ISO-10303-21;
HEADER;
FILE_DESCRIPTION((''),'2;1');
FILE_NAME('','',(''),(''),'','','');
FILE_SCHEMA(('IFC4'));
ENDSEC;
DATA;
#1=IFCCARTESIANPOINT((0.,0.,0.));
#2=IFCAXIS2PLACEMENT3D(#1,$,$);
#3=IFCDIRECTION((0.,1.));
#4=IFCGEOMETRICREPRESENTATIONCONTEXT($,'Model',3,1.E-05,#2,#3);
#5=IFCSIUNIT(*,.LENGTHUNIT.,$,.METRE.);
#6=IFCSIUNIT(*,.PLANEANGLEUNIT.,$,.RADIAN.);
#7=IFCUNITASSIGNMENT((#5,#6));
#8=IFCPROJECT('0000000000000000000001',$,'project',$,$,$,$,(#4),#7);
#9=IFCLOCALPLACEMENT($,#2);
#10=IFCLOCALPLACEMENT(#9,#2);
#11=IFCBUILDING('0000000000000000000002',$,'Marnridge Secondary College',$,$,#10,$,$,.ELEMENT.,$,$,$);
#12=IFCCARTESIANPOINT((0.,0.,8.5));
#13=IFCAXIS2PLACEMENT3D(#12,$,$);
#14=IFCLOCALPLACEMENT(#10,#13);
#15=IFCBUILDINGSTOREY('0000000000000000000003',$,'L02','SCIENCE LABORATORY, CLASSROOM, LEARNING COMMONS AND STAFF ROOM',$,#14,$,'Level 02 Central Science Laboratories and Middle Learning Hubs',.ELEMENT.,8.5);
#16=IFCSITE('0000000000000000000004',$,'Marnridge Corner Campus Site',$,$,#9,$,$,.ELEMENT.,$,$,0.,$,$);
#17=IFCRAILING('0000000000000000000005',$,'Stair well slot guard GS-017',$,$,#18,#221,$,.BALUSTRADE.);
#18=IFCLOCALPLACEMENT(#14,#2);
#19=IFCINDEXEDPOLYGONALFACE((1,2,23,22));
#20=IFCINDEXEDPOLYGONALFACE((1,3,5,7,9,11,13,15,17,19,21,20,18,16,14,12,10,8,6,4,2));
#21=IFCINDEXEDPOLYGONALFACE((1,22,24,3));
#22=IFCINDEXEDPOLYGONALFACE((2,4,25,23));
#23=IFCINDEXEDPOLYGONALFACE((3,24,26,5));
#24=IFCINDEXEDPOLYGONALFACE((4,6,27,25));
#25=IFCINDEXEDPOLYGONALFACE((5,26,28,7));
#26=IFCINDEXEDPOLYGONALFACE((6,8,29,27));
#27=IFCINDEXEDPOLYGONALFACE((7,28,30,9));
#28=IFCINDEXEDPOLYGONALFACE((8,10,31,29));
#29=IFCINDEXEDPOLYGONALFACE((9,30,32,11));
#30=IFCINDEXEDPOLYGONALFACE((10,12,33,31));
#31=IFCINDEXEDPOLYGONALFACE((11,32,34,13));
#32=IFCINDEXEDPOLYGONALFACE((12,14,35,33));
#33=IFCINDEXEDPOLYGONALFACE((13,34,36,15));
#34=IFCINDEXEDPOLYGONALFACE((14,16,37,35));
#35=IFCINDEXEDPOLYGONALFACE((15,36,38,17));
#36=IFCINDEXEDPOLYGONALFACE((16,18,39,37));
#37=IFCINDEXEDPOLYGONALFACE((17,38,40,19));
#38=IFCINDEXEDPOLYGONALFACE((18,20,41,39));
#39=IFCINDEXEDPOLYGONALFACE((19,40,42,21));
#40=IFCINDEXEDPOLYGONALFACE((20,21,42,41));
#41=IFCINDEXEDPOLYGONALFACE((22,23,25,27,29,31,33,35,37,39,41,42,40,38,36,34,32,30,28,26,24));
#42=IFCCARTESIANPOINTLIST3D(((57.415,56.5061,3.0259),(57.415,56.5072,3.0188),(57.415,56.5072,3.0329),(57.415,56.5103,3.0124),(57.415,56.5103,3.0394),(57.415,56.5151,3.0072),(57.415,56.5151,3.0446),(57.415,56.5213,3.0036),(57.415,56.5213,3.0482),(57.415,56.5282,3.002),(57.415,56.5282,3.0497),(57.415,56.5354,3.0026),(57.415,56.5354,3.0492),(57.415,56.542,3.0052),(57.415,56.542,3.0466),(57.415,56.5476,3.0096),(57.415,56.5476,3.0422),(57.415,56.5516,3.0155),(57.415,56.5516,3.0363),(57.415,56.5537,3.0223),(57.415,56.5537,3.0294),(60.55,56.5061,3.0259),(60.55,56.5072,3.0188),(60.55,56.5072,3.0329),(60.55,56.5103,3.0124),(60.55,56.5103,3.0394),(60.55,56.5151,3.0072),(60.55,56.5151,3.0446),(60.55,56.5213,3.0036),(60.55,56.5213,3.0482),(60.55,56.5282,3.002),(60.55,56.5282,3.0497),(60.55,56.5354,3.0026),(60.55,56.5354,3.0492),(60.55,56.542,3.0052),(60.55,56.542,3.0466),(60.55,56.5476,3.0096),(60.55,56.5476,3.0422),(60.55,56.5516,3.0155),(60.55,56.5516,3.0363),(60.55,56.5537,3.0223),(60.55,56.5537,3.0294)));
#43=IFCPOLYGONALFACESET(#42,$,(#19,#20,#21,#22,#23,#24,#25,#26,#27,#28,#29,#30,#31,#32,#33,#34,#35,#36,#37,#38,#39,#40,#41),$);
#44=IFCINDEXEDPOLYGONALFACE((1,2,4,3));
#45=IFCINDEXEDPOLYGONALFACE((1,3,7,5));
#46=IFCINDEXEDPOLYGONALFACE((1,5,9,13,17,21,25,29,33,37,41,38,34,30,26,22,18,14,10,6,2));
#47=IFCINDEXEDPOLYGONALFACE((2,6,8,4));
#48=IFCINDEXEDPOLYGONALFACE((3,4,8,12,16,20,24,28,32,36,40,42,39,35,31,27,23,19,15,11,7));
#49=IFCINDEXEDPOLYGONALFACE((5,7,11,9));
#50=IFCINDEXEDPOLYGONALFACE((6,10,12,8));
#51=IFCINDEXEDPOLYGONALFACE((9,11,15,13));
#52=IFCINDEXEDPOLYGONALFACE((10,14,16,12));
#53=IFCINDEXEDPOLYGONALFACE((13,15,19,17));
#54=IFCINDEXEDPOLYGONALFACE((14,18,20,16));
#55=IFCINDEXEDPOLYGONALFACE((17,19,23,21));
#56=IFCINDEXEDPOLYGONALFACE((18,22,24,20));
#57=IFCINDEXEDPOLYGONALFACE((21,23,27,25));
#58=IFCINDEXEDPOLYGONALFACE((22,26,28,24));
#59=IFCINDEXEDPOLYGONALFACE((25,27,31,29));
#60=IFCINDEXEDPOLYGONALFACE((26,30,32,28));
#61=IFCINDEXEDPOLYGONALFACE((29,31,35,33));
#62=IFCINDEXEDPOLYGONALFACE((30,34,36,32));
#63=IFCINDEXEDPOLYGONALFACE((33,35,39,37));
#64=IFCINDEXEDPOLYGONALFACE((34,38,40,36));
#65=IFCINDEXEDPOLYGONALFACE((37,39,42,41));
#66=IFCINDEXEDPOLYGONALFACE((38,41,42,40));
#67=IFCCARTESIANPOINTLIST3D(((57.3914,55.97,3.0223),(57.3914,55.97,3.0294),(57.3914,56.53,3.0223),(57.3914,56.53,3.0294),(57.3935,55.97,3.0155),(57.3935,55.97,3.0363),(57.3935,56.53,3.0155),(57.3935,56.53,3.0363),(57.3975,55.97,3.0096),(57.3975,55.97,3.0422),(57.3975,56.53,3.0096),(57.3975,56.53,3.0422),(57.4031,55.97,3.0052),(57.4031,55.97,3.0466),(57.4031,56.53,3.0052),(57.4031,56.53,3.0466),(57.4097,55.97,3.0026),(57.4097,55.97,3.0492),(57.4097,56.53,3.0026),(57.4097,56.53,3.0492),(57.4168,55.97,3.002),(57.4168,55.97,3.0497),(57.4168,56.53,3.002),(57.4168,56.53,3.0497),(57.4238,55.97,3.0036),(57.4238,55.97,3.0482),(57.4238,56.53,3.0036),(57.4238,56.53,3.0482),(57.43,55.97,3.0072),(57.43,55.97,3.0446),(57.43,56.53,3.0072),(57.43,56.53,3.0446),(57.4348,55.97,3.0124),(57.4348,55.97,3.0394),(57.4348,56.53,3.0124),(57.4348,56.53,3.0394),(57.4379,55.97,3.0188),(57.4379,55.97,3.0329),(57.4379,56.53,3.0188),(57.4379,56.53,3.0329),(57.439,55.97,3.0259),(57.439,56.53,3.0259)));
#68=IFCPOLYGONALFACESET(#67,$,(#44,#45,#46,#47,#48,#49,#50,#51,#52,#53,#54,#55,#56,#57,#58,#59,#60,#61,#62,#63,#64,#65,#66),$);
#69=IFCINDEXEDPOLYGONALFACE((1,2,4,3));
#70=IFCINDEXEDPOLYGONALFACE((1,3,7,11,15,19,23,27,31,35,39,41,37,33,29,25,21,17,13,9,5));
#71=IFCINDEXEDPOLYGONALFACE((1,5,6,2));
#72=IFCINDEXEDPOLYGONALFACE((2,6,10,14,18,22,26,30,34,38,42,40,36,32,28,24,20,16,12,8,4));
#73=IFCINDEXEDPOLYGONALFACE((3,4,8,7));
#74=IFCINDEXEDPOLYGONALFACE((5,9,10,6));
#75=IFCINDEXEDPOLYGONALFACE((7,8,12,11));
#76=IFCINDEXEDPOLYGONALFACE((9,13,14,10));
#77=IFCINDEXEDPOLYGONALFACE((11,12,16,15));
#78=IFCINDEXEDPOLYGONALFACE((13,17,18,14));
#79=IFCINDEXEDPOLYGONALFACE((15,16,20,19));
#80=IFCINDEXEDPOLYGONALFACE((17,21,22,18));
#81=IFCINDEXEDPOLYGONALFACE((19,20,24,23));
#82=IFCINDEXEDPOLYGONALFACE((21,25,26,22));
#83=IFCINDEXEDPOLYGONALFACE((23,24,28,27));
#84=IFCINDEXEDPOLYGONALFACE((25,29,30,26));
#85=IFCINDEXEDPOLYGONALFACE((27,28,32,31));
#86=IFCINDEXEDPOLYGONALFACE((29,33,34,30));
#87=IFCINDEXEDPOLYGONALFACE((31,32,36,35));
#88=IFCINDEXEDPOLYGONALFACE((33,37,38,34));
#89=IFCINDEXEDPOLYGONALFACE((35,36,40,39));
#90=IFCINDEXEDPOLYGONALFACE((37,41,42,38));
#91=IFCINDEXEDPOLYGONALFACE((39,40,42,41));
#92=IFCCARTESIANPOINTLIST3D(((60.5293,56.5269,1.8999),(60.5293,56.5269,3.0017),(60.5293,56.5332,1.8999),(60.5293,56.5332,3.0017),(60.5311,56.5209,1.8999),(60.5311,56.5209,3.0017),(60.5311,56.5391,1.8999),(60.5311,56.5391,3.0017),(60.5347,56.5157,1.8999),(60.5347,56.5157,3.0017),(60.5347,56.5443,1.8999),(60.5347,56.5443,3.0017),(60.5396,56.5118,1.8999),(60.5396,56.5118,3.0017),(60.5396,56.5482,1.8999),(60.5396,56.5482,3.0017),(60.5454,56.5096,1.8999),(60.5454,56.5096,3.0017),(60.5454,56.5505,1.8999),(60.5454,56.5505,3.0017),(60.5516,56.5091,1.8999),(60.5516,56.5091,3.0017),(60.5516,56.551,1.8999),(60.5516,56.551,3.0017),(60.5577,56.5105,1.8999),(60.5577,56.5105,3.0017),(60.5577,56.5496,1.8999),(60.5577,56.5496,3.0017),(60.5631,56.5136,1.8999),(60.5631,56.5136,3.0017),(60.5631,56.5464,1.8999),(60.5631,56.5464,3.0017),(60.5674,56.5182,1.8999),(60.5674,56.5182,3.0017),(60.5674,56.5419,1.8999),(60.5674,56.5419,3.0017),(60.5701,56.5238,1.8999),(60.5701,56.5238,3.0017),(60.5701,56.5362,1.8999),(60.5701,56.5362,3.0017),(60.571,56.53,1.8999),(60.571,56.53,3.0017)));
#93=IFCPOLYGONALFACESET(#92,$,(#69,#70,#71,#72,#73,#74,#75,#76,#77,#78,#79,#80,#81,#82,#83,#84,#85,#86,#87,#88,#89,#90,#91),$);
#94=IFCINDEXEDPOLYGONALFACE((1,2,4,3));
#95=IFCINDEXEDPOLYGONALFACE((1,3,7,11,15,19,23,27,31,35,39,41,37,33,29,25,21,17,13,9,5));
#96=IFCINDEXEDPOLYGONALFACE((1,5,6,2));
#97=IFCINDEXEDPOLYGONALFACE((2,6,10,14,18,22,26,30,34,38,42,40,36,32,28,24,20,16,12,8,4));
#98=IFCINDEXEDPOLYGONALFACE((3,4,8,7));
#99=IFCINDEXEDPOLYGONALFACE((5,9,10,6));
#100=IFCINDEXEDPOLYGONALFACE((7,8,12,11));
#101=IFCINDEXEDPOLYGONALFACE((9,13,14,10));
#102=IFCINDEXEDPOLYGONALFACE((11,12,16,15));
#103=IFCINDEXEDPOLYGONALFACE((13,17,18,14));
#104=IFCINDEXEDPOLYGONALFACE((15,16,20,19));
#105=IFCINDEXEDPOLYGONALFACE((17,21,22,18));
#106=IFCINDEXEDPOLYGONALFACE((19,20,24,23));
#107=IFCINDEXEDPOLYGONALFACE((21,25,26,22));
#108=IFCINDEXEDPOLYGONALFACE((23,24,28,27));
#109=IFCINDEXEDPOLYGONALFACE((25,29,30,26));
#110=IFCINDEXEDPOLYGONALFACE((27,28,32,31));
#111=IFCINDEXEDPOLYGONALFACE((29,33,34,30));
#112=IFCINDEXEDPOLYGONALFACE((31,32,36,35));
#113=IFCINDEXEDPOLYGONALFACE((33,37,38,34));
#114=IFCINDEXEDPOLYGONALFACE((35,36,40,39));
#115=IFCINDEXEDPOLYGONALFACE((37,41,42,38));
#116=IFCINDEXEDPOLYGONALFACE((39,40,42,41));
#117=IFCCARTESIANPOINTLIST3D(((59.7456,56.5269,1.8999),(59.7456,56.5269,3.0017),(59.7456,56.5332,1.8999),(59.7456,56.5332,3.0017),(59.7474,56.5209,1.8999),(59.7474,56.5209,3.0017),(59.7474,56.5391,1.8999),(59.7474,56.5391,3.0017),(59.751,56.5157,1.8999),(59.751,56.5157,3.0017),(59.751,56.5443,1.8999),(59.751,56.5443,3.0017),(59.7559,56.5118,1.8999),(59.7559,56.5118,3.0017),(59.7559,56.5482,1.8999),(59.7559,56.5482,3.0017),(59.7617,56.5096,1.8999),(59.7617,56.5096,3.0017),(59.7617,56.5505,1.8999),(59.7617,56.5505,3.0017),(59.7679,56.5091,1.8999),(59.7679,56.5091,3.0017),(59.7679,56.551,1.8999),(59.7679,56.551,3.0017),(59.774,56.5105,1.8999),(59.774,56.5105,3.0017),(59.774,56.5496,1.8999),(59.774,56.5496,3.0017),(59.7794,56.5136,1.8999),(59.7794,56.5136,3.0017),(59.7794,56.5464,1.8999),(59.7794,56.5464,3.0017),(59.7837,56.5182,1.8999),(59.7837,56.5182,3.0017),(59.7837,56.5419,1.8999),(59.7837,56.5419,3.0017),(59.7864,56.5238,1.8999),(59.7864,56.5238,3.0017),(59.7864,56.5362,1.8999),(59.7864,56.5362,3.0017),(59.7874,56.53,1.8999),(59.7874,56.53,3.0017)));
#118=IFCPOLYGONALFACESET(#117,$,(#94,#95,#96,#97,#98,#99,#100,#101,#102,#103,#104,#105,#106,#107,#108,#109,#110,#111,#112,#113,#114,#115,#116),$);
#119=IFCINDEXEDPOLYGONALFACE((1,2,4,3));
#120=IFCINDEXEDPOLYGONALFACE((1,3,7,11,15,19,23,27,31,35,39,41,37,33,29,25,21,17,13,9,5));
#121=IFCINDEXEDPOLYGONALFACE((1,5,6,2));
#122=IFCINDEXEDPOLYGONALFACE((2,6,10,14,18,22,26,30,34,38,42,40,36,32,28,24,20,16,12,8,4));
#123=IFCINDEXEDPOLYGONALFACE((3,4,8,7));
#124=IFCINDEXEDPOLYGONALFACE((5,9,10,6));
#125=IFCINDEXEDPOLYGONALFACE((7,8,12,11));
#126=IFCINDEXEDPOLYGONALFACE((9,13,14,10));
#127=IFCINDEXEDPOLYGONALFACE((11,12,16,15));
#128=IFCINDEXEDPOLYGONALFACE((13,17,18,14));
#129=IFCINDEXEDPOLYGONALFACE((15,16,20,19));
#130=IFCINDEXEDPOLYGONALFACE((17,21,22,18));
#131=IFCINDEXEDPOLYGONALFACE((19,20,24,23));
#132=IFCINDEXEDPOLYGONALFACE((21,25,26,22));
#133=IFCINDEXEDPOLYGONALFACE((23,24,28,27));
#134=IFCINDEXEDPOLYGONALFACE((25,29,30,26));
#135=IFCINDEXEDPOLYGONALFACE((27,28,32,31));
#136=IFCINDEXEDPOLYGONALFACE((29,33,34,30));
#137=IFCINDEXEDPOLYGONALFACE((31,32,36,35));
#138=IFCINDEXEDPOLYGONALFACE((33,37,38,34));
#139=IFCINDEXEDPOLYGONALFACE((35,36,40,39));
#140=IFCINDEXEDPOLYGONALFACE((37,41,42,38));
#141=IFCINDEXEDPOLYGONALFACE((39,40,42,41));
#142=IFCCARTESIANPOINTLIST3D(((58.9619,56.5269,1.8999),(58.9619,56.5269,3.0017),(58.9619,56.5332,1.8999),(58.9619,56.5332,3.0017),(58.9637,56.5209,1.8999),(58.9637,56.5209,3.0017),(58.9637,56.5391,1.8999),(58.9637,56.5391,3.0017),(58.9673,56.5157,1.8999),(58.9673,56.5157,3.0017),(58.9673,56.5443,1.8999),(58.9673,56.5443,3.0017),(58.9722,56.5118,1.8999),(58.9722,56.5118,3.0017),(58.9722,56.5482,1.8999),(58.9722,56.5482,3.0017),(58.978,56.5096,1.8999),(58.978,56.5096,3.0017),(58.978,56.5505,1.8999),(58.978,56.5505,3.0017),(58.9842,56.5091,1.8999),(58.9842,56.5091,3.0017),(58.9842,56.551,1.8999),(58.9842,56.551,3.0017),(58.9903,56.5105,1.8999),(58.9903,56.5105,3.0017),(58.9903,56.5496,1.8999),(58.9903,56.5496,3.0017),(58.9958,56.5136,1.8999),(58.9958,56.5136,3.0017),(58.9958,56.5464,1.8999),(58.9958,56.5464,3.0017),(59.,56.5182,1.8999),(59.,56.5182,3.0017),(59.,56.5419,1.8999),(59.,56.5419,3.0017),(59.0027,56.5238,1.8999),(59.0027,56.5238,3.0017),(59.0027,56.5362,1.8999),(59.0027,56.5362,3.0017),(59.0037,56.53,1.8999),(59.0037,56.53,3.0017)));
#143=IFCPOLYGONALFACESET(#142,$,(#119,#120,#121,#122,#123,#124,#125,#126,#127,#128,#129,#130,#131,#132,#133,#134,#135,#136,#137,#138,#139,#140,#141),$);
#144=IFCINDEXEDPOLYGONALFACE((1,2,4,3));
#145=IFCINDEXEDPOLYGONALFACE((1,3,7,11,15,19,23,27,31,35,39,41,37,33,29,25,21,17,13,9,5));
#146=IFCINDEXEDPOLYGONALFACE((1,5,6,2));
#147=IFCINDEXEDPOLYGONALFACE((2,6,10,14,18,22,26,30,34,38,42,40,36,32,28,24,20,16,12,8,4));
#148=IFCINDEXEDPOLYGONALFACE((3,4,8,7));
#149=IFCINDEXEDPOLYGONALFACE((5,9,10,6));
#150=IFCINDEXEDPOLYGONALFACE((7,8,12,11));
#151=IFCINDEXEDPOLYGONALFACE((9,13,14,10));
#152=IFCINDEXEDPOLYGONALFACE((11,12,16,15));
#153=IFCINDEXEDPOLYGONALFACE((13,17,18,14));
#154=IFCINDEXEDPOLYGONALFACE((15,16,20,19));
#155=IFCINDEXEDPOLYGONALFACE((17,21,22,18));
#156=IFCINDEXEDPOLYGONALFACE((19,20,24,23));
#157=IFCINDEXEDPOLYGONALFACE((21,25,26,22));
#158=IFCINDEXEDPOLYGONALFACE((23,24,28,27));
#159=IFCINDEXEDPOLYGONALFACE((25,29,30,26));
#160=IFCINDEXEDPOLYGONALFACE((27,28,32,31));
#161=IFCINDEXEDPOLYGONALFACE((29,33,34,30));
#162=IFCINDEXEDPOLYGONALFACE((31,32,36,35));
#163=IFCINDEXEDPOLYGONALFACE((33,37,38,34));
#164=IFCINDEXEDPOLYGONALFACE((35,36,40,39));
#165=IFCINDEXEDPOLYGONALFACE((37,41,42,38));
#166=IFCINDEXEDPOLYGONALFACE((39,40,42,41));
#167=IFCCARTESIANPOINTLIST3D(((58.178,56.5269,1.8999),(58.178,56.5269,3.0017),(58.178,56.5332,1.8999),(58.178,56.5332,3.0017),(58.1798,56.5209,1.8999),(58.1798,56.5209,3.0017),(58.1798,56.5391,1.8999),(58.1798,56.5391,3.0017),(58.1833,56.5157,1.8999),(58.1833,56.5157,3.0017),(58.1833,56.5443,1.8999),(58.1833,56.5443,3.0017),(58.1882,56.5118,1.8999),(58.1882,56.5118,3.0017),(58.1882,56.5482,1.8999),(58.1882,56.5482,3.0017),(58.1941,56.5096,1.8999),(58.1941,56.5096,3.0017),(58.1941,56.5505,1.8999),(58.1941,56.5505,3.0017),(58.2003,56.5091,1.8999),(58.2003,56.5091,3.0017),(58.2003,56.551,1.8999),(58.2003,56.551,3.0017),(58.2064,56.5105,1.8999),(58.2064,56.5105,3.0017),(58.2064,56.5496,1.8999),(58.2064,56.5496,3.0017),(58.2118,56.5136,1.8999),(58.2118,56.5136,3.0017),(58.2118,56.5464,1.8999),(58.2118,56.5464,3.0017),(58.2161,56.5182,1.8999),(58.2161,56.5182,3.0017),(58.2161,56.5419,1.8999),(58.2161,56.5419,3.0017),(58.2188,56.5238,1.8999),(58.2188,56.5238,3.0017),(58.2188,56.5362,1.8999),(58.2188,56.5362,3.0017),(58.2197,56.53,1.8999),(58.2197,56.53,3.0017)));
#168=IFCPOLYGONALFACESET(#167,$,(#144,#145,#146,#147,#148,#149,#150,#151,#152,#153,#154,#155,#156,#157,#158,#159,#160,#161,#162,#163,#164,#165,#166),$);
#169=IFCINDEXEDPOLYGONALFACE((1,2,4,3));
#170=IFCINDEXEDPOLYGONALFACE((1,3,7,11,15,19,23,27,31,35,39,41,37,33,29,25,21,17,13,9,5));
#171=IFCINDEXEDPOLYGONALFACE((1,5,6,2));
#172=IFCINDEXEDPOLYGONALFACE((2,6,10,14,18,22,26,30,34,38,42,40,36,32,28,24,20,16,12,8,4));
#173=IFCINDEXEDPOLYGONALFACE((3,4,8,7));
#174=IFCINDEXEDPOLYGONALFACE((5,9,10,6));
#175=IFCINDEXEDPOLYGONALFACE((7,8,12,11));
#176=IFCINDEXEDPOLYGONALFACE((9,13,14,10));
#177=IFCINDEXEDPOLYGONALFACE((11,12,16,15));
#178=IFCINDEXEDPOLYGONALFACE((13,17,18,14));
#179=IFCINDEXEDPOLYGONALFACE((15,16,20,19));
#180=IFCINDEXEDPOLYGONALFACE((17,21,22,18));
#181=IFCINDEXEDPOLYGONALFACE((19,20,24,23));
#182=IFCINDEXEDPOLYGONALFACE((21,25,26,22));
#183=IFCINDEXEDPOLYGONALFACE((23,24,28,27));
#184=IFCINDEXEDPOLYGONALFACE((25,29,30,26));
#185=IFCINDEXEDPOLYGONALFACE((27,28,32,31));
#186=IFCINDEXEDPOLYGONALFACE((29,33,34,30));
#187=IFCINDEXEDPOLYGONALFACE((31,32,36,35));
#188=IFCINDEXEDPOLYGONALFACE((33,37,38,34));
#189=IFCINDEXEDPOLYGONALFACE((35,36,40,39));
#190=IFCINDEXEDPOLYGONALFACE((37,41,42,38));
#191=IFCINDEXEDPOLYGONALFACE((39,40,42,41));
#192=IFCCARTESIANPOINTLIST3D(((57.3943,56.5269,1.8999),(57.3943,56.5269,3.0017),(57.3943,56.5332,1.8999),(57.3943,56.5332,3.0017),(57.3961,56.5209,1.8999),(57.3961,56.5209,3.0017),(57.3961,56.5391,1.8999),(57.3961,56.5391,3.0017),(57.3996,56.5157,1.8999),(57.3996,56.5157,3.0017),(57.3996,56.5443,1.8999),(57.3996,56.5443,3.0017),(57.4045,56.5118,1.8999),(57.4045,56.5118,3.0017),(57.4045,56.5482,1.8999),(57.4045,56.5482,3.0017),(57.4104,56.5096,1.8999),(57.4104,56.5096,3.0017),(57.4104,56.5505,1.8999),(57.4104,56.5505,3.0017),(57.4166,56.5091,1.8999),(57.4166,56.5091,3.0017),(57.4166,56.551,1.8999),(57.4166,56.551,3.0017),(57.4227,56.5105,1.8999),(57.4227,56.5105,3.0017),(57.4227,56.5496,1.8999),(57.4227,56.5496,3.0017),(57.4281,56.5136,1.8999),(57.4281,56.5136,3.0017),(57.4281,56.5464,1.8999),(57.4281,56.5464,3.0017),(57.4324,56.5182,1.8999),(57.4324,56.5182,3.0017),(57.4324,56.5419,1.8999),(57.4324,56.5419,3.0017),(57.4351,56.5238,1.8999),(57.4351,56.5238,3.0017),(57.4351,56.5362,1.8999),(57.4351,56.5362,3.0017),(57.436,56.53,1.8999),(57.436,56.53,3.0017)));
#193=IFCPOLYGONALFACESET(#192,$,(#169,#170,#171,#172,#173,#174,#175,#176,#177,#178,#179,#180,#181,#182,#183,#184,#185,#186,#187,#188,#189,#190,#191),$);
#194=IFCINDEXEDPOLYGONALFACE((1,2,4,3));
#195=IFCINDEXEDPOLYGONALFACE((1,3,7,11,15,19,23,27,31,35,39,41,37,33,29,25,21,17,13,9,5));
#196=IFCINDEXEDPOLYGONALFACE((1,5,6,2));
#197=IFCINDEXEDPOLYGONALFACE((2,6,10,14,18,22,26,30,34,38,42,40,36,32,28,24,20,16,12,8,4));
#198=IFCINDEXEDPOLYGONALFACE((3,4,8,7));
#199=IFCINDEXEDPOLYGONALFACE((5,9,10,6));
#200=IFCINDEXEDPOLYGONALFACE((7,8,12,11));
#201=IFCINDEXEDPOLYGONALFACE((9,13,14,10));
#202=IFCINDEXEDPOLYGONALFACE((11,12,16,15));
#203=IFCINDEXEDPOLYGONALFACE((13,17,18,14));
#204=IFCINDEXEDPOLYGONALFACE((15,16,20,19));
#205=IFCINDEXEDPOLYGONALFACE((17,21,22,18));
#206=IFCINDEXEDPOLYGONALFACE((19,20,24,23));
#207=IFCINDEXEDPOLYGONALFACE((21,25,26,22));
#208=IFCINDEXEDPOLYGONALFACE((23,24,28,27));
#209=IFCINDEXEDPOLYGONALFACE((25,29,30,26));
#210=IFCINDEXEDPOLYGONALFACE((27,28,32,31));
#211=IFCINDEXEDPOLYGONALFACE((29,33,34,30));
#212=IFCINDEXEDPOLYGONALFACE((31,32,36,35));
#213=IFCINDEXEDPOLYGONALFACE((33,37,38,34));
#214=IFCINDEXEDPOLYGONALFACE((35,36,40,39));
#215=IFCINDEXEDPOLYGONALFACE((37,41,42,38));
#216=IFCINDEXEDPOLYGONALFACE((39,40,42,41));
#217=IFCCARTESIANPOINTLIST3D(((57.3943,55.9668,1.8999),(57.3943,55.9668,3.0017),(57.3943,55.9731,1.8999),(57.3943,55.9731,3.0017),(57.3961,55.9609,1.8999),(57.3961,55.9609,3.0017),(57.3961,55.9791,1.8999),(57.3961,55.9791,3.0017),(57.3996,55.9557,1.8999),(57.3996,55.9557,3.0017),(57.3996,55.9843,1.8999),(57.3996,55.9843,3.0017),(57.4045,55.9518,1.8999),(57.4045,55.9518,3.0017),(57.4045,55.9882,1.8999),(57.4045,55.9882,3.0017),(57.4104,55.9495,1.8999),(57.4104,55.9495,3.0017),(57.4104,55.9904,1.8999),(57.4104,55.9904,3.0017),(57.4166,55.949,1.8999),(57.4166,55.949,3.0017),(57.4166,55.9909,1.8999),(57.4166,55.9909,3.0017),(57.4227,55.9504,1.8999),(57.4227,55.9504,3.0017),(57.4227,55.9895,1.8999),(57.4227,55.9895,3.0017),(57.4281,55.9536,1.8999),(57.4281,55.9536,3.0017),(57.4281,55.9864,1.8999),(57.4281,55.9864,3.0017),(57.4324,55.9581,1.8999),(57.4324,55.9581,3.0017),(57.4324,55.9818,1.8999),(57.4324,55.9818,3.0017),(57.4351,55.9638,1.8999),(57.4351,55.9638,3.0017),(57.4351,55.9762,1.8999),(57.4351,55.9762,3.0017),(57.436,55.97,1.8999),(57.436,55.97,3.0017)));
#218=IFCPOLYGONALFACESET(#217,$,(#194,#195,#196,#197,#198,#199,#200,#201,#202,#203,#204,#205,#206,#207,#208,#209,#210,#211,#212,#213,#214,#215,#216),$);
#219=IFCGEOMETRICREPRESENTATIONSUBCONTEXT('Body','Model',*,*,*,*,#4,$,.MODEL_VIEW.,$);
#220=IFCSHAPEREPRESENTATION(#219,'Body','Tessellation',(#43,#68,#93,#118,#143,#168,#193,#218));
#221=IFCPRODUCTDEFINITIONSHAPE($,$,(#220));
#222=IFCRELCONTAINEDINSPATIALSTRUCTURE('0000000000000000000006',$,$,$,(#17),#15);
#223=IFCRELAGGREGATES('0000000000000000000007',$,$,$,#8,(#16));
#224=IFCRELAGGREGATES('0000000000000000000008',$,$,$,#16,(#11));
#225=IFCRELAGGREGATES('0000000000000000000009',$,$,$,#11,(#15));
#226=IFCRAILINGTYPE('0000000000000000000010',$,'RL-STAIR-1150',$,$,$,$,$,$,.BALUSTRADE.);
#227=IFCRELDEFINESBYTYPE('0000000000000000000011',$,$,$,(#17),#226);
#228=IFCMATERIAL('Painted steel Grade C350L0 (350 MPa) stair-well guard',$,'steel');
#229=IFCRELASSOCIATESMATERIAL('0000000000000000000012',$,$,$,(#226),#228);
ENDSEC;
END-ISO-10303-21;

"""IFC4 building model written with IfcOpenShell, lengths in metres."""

from ifc_helpers import new_model, si_unit, direction, frame, origin, origin_2d, place, context, subcontext, project, spatial, circle, extrude, material, type_object, element, save


model = new_model("IFC4")

# Units and contexts
model_context = context("Model", 3, precision=1e-05, world=origin(), true_north=direction((0.0, 1.0)))
body_context = subcontext(model_context, "Body", "Model", "MODEL_VIEW")
ifc_project = project(units=[si_unit("LENGTHUNIT", "METRE"), si_unit("PLANEANGLEUNIT", "RADIAN")], contexts=[model_context])

# Site, building, storey
site_placement = place(None, origin())
site = spatial("IfcSite", under=ifc_project, at=site_placement, Name="Marnridge Corner Campus Site", CompositionType="ELEMENT", RefElevation=0.0)
building_placement = place(site_placement, origin())
building = spatial("IfcBuilding", under=site, at=building_placement, Name="Marnridge Secondary College", CompositionType="ELEMENT")
storey_placement = place(building_placement, frame((0.0, 0.0, 8.5)))
storey = spatial("IfcBuildingStorey", under=building, at=storey_placement, Name="L02", Description="SCIENCE LABORATORY, CLASSROOM, LEARNING COMMONS AND STAFF ROOM", LongName="Level 02 Central Science Laboratories and Middle Learning Hubs", CompositionType="ELEMENT", Elevation=8.5)

# Railing
ifc_material_1 = material(Name="Painted steel Grade C350L0 (350 MPa) stair-well guard", Category="steel")
railing_type_1 = type_object("IfcRailingType", Name="RL-STAIR-1150", PredefinedType="BALUSTRADE", material=ifc_material_1)
railing_1_placement = place(storey_placement, frame((60.55, 56.53, 1.8999)))
element("IfcRailing", 1, at=railing_1_placement, inside=storey, type_object=railing_type_1, Name="Stair well slot guard GS-017", PredefinedType="BALUSTRADE", context=body_context, shape_type="SweptSolid", body=[
    extrude(circle(Radius=0.0239, at=origin_2d()), frame((0.0, 0.0, 1.126), z_axis=(-1.0, 0.0, 0.0), x_axis=(0.0, -1.0, 0.0)), (0.0, 0.0, 1.0), 3.135),
    extrude(circle(Radius=0.0239, at=origin_2d()), frame((-3.135, 0.0, 1.126), z_axis=(0.0, -1.0, 0.0), x_axis=(1.0, 0.0, 0.0)), (0.0, 0.0, 1.0), 0.5601),
    extrude(circle(Radius=0.021, at=origin_2d()), origin(), (0.0, 0.0, 1.0), 1.1018),
    extrude(circle(Radius=0.021, at=origin_2d()), frame((-0.7837, 0.0, 0.0)), (0.0, 0.0, 1.0), 1.1018),
    extrude(circle(Radius=0.021, at=origin_2d()), frame((-1.5674, 0.0, 0.0)), (0.0, 0.0, 1.0), 1.1018),
    extrude(circle(Radius=0.021, at=origin_2d()), frame((-2.3513, 0.0, 0.0)), (0.0, 0.0, 1.0), 1.1018),
    extrude(circle(Radius=0.021, at=origin_2d()), frame((-3.135, 0.0, 0.0)), (0.0, 0.0, 1.0), 1.1018),
    extrude(circle(Radius=0.021, at=origin_2d()), frame((-3.135, -0.5601, 0.0)), (0.0, 0.0, 1.0), 1.1018),
])

save(model, "model.ifc")
